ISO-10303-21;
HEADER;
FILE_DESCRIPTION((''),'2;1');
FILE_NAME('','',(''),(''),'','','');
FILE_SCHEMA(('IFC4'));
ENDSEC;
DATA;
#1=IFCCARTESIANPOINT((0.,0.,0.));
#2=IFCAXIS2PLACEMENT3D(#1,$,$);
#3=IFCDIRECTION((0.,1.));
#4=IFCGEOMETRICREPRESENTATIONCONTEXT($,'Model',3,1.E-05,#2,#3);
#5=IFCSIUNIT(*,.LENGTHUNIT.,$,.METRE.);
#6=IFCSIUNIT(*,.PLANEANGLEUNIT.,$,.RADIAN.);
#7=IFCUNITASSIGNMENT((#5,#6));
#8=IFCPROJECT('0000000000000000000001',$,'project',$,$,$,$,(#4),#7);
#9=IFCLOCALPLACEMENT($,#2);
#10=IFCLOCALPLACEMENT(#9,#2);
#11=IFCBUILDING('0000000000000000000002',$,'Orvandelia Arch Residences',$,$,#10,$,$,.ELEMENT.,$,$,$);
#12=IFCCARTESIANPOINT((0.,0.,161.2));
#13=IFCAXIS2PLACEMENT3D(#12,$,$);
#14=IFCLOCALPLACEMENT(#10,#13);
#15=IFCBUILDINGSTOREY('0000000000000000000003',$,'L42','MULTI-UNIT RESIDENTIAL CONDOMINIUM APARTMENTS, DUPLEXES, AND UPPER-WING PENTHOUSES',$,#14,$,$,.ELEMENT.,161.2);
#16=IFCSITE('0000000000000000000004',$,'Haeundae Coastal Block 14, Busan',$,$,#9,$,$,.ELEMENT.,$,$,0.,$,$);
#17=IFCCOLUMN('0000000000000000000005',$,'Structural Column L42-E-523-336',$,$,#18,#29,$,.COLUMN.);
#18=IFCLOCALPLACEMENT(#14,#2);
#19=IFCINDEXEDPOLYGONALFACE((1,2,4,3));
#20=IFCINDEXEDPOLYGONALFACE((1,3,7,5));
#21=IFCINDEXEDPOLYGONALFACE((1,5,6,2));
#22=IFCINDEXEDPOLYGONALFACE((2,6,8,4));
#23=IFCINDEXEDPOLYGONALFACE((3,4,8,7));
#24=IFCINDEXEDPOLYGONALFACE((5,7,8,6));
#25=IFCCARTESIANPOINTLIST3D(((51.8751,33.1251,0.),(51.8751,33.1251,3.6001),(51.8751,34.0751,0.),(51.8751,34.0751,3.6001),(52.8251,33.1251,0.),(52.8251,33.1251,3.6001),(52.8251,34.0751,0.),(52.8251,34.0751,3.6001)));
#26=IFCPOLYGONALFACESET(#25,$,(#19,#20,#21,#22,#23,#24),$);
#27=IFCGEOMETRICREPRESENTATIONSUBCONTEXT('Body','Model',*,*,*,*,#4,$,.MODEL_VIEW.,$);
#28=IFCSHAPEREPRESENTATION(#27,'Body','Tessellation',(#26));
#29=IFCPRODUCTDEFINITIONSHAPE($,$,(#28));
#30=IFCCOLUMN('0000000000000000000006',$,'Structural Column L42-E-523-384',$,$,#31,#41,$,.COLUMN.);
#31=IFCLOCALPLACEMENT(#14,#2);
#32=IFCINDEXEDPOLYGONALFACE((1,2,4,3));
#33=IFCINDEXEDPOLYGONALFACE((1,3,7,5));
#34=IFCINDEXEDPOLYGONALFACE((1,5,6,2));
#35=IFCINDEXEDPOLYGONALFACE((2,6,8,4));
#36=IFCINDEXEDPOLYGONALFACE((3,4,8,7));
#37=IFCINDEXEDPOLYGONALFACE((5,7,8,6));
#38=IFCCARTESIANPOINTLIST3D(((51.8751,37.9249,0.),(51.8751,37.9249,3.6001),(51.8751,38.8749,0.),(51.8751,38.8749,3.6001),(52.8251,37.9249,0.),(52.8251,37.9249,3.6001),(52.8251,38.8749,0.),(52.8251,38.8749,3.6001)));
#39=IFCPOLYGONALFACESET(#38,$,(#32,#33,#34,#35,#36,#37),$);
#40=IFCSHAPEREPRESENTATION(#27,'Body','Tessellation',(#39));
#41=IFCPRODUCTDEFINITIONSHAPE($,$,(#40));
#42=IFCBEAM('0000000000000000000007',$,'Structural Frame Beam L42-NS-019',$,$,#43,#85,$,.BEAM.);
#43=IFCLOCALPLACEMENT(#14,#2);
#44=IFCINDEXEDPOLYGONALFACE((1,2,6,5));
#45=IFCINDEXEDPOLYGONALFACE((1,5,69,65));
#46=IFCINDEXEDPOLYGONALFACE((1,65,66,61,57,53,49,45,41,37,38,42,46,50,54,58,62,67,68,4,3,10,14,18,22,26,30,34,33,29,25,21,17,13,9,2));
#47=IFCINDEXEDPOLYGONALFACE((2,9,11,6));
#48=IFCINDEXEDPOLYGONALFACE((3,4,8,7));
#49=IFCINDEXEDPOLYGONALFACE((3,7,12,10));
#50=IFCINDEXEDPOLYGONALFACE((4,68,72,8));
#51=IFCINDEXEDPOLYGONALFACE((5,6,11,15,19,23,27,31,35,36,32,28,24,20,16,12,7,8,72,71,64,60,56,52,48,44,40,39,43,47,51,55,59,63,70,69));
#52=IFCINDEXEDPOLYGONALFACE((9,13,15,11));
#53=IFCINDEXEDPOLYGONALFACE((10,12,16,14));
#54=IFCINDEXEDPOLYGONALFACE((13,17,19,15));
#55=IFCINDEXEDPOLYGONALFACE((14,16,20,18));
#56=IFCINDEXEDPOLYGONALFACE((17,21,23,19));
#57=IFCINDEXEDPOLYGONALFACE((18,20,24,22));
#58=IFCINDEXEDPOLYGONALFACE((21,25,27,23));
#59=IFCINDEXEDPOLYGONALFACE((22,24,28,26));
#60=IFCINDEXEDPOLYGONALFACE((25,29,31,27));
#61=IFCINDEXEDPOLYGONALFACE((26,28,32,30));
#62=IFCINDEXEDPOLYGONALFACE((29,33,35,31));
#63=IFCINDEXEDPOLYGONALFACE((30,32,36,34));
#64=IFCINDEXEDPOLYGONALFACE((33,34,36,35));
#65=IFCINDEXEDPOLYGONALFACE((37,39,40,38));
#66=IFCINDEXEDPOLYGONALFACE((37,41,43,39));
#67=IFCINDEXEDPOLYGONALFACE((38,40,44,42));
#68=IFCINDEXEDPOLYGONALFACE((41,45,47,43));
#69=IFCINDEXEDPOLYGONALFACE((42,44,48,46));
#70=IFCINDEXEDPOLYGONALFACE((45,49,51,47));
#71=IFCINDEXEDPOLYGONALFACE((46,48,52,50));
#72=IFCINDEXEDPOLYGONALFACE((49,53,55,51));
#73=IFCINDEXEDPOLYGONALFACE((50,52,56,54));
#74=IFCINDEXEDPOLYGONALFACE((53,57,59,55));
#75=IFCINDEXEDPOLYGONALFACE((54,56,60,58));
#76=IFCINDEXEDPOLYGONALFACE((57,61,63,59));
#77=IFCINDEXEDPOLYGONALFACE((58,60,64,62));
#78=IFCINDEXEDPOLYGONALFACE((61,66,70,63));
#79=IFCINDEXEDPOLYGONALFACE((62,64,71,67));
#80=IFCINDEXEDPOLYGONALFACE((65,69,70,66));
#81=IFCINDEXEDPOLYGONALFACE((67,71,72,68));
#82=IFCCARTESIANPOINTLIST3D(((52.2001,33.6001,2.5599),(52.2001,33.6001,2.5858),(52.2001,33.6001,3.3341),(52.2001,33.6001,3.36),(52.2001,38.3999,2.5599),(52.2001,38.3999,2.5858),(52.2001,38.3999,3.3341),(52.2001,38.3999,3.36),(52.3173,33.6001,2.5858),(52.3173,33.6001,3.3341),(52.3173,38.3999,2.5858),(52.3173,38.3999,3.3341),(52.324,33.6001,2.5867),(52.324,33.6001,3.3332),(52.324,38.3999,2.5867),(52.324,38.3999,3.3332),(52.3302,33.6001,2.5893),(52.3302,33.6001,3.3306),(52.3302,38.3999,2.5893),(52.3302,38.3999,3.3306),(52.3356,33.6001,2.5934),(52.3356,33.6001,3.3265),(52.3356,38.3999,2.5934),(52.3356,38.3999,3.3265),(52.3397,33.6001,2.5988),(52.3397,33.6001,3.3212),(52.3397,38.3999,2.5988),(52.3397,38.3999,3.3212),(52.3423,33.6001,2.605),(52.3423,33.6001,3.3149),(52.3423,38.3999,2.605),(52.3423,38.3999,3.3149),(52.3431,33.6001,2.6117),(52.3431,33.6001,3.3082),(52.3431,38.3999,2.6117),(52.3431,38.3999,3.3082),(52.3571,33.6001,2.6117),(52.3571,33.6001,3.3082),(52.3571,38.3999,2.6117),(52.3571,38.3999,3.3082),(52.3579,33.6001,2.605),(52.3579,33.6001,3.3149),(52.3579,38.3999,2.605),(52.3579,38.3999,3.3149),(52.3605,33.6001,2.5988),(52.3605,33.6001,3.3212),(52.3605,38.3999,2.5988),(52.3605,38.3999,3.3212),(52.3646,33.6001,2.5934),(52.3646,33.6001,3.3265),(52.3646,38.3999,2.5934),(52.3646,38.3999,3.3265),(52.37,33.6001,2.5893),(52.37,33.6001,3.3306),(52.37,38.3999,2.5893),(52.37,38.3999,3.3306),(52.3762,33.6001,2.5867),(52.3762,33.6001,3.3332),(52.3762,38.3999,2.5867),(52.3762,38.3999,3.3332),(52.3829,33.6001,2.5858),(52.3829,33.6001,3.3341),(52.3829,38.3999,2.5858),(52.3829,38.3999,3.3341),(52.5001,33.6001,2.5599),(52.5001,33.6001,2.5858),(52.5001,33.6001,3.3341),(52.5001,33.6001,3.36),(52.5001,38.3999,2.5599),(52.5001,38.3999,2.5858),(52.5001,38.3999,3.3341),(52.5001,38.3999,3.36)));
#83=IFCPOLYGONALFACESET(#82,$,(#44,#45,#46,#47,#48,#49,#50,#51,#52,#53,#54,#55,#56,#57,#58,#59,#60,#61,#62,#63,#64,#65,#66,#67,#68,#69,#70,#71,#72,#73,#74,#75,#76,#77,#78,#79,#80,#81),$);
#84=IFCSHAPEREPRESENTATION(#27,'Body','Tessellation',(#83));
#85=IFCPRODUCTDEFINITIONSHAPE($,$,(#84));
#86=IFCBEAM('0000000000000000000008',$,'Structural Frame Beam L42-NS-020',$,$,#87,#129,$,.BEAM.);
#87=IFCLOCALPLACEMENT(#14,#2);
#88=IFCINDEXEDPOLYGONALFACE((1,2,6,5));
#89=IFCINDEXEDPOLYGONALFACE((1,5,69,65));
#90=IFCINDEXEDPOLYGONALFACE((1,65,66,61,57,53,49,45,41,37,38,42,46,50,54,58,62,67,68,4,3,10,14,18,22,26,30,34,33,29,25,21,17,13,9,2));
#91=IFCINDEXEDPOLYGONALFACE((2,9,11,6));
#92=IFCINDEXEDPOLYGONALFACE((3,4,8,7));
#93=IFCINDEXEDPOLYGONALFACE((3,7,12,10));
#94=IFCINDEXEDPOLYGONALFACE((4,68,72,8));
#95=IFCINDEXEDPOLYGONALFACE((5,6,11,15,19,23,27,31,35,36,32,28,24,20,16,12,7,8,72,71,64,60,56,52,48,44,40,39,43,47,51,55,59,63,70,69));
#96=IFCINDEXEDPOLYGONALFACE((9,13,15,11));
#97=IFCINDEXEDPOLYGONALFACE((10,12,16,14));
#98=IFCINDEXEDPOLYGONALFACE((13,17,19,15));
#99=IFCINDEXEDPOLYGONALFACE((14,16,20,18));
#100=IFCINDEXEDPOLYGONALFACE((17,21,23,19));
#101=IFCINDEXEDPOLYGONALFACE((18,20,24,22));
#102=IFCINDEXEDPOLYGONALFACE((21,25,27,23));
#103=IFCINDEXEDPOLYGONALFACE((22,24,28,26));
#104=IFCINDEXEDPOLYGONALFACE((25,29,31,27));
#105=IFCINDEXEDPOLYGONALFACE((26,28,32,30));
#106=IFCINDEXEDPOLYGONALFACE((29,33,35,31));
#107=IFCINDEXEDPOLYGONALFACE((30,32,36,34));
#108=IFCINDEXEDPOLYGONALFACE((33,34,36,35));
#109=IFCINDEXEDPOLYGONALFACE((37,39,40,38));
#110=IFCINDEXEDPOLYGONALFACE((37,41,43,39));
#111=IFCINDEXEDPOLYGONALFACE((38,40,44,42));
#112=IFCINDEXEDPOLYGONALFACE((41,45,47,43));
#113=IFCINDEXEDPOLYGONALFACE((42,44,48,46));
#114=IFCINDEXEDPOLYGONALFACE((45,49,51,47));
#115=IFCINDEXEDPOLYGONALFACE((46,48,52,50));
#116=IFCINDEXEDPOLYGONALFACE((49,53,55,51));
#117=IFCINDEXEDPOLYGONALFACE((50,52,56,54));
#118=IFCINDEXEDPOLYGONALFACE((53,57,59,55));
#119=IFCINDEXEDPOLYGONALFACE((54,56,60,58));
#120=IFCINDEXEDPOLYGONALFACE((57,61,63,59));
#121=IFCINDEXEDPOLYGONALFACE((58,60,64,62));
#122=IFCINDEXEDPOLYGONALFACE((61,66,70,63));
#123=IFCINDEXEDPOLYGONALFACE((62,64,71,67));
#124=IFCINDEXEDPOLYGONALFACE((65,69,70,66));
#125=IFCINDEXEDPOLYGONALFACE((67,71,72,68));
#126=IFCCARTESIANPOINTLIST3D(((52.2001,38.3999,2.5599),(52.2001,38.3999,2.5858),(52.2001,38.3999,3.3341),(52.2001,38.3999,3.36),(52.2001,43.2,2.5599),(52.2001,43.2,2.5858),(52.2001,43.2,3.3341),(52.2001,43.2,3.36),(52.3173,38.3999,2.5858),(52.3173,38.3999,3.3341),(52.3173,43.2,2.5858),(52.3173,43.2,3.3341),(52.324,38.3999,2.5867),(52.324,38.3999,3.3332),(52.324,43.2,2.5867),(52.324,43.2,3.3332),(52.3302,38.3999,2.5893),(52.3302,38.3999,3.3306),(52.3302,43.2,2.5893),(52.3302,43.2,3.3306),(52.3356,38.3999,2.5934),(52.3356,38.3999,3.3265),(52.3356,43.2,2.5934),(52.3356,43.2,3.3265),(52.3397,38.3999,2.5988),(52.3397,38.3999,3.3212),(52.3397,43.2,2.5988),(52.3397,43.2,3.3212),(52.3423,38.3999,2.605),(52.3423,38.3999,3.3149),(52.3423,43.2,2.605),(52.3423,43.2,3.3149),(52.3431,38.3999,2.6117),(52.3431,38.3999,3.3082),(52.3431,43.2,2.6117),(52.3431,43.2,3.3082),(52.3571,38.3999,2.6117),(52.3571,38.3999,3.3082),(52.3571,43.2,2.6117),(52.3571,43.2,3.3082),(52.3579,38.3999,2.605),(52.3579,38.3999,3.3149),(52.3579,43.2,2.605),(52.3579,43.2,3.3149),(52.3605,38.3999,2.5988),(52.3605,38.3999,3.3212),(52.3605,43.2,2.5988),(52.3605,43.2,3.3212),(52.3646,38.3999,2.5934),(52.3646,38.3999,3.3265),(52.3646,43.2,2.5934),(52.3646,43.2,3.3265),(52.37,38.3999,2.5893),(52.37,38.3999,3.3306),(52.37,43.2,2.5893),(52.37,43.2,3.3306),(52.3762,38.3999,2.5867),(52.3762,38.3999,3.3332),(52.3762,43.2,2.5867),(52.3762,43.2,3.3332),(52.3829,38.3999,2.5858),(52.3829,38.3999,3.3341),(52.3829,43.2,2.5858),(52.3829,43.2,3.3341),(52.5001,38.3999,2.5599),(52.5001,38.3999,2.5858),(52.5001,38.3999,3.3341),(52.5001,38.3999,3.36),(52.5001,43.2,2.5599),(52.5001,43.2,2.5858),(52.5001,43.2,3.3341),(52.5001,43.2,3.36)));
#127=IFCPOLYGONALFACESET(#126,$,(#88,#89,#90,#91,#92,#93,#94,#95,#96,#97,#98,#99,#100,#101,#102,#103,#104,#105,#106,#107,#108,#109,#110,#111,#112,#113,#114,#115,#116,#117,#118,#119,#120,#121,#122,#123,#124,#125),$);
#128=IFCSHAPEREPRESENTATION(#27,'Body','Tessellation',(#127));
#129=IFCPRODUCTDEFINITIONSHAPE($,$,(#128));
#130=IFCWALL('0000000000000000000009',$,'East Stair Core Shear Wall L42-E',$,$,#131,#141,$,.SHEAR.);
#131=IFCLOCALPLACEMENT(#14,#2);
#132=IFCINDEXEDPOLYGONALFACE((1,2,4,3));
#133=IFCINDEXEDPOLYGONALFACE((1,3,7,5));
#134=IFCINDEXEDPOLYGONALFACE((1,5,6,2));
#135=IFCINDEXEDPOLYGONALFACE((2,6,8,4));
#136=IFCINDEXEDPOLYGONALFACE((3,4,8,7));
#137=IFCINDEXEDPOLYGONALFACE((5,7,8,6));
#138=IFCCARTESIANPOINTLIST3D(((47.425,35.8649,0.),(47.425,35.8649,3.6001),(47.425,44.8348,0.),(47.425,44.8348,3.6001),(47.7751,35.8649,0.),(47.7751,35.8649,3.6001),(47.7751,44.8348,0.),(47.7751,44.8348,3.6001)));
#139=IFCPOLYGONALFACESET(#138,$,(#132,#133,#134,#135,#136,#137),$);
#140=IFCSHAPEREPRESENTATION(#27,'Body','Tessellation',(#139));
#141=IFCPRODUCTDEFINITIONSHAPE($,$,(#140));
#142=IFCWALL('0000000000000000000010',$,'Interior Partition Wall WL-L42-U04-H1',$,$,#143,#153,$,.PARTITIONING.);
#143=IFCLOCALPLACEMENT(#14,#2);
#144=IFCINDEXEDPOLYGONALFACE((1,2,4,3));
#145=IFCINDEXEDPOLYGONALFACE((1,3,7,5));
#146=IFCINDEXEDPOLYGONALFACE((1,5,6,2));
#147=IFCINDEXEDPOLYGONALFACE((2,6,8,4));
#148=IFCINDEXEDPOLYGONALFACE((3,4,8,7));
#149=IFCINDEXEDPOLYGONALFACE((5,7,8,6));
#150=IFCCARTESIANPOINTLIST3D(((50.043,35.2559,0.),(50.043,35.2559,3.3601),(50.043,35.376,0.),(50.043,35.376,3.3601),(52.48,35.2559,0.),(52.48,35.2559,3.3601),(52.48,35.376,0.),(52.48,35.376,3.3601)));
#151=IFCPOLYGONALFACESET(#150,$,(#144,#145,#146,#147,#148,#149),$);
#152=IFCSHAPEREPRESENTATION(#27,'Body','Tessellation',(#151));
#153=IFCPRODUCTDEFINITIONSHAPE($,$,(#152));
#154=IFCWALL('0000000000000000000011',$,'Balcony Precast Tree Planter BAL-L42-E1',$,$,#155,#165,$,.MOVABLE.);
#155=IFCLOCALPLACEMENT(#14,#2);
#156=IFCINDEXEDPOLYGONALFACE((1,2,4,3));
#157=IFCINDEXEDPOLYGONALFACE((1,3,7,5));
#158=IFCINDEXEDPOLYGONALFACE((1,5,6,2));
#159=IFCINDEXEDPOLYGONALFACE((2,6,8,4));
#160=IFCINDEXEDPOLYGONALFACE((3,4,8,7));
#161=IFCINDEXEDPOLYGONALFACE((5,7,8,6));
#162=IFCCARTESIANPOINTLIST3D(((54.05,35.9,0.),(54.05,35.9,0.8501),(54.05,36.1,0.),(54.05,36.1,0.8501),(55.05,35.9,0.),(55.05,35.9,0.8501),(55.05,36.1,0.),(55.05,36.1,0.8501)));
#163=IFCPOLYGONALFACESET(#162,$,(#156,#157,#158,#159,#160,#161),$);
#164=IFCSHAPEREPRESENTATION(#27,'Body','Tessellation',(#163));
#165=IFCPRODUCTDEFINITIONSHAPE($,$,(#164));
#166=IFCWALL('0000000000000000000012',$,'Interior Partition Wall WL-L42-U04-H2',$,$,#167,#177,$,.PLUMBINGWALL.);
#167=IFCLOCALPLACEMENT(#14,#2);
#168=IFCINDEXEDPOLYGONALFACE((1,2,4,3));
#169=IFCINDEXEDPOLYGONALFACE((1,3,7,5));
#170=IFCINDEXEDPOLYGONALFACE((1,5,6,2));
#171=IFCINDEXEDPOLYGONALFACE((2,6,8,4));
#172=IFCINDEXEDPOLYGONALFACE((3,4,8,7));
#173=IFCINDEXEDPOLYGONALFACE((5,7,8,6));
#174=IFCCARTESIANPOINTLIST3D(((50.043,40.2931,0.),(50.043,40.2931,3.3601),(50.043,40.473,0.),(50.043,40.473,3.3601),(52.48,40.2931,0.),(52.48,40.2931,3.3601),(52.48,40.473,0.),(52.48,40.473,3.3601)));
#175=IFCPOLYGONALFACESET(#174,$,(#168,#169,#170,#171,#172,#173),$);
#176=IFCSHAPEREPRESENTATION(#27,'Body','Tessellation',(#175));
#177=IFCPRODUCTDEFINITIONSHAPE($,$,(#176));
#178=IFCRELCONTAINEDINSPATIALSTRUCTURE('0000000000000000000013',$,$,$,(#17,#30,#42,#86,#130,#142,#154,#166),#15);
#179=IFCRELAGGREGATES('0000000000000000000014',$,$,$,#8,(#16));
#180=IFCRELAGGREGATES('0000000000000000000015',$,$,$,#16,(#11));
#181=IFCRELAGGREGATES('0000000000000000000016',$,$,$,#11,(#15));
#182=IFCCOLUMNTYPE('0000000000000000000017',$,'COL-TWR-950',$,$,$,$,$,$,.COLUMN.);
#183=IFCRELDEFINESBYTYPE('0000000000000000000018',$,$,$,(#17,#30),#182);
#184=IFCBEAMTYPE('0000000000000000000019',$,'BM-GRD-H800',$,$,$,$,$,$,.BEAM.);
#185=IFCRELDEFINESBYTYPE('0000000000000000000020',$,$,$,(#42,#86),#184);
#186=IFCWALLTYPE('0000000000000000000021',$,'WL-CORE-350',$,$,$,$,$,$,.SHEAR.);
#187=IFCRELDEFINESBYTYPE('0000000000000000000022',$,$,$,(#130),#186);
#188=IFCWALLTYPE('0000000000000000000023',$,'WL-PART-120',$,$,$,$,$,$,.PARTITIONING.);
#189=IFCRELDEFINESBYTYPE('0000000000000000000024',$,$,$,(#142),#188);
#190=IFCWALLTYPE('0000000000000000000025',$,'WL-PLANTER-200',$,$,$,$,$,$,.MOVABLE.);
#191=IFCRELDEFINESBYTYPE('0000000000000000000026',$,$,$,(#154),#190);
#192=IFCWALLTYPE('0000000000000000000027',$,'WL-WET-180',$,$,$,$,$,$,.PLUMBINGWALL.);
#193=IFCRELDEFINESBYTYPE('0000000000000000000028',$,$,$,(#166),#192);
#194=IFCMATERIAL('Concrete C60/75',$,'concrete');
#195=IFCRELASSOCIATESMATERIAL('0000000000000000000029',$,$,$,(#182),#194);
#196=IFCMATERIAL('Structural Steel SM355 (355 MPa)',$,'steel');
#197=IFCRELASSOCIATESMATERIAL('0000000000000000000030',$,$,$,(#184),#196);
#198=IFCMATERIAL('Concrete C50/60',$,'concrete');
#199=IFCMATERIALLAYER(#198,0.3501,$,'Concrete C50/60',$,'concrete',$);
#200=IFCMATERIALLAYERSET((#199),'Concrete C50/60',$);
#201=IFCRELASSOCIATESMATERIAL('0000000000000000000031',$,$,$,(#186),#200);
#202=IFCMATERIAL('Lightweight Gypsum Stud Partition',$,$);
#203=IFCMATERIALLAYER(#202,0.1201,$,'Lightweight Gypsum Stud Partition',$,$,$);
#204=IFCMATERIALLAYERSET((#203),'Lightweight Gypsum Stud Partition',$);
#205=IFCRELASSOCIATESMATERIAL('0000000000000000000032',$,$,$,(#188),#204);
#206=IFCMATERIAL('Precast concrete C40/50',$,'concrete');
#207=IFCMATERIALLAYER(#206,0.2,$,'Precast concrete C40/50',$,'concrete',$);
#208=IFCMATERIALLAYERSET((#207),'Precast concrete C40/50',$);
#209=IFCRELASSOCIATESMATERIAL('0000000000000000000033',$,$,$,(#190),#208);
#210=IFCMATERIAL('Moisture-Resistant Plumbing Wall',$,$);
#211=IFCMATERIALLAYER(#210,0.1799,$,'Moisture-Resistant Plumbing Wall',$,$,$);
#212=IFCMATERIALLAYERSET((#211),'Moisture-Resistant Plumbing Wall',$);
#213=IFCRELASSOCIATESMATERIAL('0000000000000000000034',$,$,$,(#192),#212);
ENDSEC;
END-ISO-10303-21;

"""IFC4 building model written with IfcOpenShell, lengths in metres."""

from ifc_helpers import new_model, si_unit, direction, frame, frame_2d, origin, origin_2d, place, context, subcontext, project, spatial, rectangle, i_section, extrude, material, layer, layer_set, material_profile, profile_set, type_object, element, save


model = new_model("IFC4")

# Units and contexts
model_context = context("Model", 3, precision=1e-05, world=origin(), true_north=direction((0.0, 1.0)))
body_context = subcontext(model_context, "Body", "Model", "MODEL_VIEW")
ifc_project = project(units=[si_unit("LENGTHUNIT", "METRE"), si_unit("PLANEANGLEUNIT", "RADIAN")], contexts=[model_context])

# Site, building, storey
site_placement = place(None, origin())
site = spatial("IfcSite", under=ifc_project, at=site_placement, Name="Haeundae Coastal Block 14, Busan", CompositionType="ELEMENT", RefElevation=0.0)
building_placement = place(site_placement, origin())
building = spatial("IfcBuilding", under=site, at=building_placement, Name="Orvandelia Arch Residences", CompositionType="ELEMENT")
storey_placement = place(building_placement, frame((0.0, 0.0, 161.2)))
storey = spatial("IfcBuildingStorey", under=building, at=storey_placement, Name="L42", Description="MULTI-UNIT RESIDENTIAL CONDOMINIUM APARTMENTS, DUPLEXES, AND UPPER-WING PENTHOUSES", CompositionType="ELEMENT", Elevation=161.2)

# Columns
ifc_material_1 = material(Name="Concrete C60/75", Category="concrete")
ifc_material_profile_1 = material_profile(ifc_material_1, rectangle(XDim=0.95, YDim=0.95, at=origin_2d()), Name="Concrete C60/75", Category="concrete")
ifc_profile_set_1 = profile_set([ifc_material_profile_1], Name="Concrete C60/75")
column_type = type_object("IfcColumnType", Name="COL-TWR-950", PredefinedType="COLUMN", material=ifc_profile_set_1)
for number, where, z_axis, x_axis, name in (
    (1, (52.3501, 33.6001, 0.0), (0.0, 0.0, 1.0), (1.0, 0.0, 0.0), "Structural Column L42-E-523-336"),
    (2, (52.3501, 38.3999, 0.0), (0.0, 0.0, 1.0), (1.0, 0.0, 0.0), "Structural Column L42-E-523-384"),
):
    element("IfcColumn", number, at=place(storey_placement, frame(where, z_axis=z_axis, x_axis=x_axis)), inside=storey, type_object=column_type, Name=name, PredefinedType="COLUMN", context=body_context, shape_type="SweptSolid", body=[
        extrude(rectangle(XDim=0.95, YDim=0.95, at=origin_2d()), origin(), (0.0, 0.0, 1.0), 3.6001),
    ])

# Beams
ifc_material_2 = material(Name="Structural Steel SM355 (355 MPa)", Category="steel")
ifc_material_profile_2 = material_profile(ifc_material_2, i_section(OverallWidth=0.3, OverallDepth=0.8, WebThickness=0.0139, FlangeThickness=0.0259, FilletRadius=0.0259, at=origin_2d()), Name="Structural Steel SM355 (355 MPa)", Category="steel")
ifc_profile_set_2 = profile_set([ifc_material_profile_2], Name="Structural Steel SM355 (355 MPa)")
beam_type = type_object("IfcBeamType", Name="BM-GRD-H800", PredefinedType="BEAM", material=ifc_profile_set_2)
beam_1_placement = place(storey_placement, frame((52.3501, 33.6001, 2.96), z_axis=(0.0, 1.0, 0.0), x_axis=(-1.0, 0.0, 0.0)))
element("IfcBeam", 3, at=beam_1_placement, inside=storey, type_object=beam_type, Name="Structural Frame Beam L42-NS-019", PredefinedType="BEAM", context=body_context, shape_type="SweptSolid", body=[
    extrude(i_section(OverallWidth=0.3, OverallDepth=0.8, WebThickness=0.0139, FlangeThickness=0.0259, FilletRadius=0.0259, at=origin_2d()), origin(), (0.0, 0.0, 1.0), 4.7998),
])
beam_2_placement = place(storey_placement, frame((52.3501, 38.3999, 2.96), z_axis=(0.0, 1.0, 0.0), x_axis=(-1.0, 0.0, 0.0)))
element("IfcBeam", 4, at=beam_2_placement, inside=storey, type_object=beam_type, Name="Structural Frame Beam L42-NS-020", PredefinedType="BEAM", context=body_context, shape_type="SweptSolid", body=[
    extrude(i_section(OverallWidth=0.3, OverallDepth=0.8, WebThickness=0.0139, FlangeThickness=0.0259, FilletRadius=0.0259, at=origin_2d()), origin(), (0.0, 0.0, 1.0), 4.8),
])

# Walls
ifc_material_3 = material(Name="Concrete C50/60", Category="concrete")
ifc_layer_1 = layer(ifc_material_3, 0.3501, Name="Concrete C50/60", Category="concrete")
ifc_layer_set_1 = layer_set([ifc_layer_1], Name="Concrete C50/60")
wall_type_1 = type_object("IfcWallType", Name="WL-CORE-350", PredefinedType="SHEAR", material=ifc_layer_set_1)
wall_1_placement = place(storey_placement, frame((47.6001, 35.865, 0.0), z_axis=(0.0, 0.0, 1.0), x_axis=(0.0, 1.0, 0.0)))
element("IfcWall", 5, at=wall_1_placement, inside=storey, type_object=wall_type_1, Name="East Stair Core Shear Wall L42-E", PredefinedType="SHEAR", context=body_context, shape_type="SweptSolid", body=[
    extrude(rectangle(XDim=8.97, YDim=0.3501, at=frame_2d((4.4849, 0.0))), origin(), (0.0, 0.0, 1.0), 3.6001),
])
ifc_material_4 = material(Name="Lightweight Gypsum Stud Partition")
ifc_layer_2 = layer(ifc_material_4, 0.1201, Name="Lightweight Gypsum Stud Partition")
ifc_layer_set_2 = layer_set([ifc_layer_2], Name="Lightweight Gypsum Stud Partition")
wall_type_2 = type_object("IfcWallType", Name="WL-PART-120", PredefinedType="PARTITIONING", material=ifc_layer_set_2)
wall_2_placement = place(storey_placement, frame((50.043, 35.3159, 0.0), z_axis=(0.0, 0.0, 1.0), x_axis=(1.0, 0.0, 0.0)))
element("IfcWall", 6, at=wall_2_placement, inside=storey, type_object=wall_type_2, Name="Interior Partition Wall WL-L42-U04-H1", PredefinedType="PARTITIONING", context=body_context, shape_type="SweptSolid", body=[
    extrude(rectangle(XDim=2.437, YDim=0.1201, at=frame_2d((1.2185, 0.0))), origin(), (0.0, 0.0, 1.0), 3.3601),
])
ifc_material_5 = material(Name="Precast concrete C40/50", Category="concrete")
ifc_layer_3 = layer(ifc_material_5, 0.2, Name="Precast concrete C40/50", Category="concrete")
ifc_layer_set_3 = layer_set([ifc_layer_3], Name="Precast concrete C40/50")
wall_type_3 = type_object("IfcWallType", Name="WL-PLANTER-200", PredefinedType="MOVABLE", material=ifc_layer_set_3)
wall_3_placement = place(storey_placement, frame((54.05, 36.0, 0.0), z_axis=(0.0, 0.0, 1.0), x_axis=(1.0, 0.0, 0.0)))
element("IfcWall", 7, at=wall_3_placement, inside=storey, type_object=wall_type_3, Name="Balcony Precast Tree Planter BAL-L42-E1", PredefinedType="MOVABLE", context=body_context, shape_type="SweptSolid", body=[
    extrude(rectangle(XDim=1.0, YDim=0.2, at=frame_2d((0.5, 0.0))), origin(), (0.0, 0.0, 1.0), 0.8501),
])
ifc_material_6 = material(Name="Moisture-Resistant Plumbing Wall")
ifc_layer_4 = layer(ifc_material_6, 0.1799, Name="Moisture-Resistant Plumbing Wall")
ifc_layer_set_4 = layer_set([ifc_layer_4], Name="Moisture-Resistant Plumbing Wall")
wall_type_4 = type_object("IfcWallType", Name="WL-WET-180", PredefinedType="PLUMBINGWALL", material=ifc_layer_set_4)
wall_4_placement = place(storey_placement, frame((50.043, 40.3831, 0.0), z_axis=(0.0, 0.0, 1.0), x_axis=(1.0, 0.0, 0.0)))
element("IfcWall", 8, at=wall_4_placement, inside=storey, type_object=wall_type_4, Name="Interior Partition Wall WL-L42-U04-H2", PredefinedType="PLUMBINGWALL", context=body_context, shape_type="SweptSolid", body=[
    extrude(rectangle(XDim=2.437, YDim=0.1799, at=frame_2d((1.2185, 0.0))), origin(), (0.0, 0.0, 1.0), 3.3601),
])

save(model, "model.ifc")
